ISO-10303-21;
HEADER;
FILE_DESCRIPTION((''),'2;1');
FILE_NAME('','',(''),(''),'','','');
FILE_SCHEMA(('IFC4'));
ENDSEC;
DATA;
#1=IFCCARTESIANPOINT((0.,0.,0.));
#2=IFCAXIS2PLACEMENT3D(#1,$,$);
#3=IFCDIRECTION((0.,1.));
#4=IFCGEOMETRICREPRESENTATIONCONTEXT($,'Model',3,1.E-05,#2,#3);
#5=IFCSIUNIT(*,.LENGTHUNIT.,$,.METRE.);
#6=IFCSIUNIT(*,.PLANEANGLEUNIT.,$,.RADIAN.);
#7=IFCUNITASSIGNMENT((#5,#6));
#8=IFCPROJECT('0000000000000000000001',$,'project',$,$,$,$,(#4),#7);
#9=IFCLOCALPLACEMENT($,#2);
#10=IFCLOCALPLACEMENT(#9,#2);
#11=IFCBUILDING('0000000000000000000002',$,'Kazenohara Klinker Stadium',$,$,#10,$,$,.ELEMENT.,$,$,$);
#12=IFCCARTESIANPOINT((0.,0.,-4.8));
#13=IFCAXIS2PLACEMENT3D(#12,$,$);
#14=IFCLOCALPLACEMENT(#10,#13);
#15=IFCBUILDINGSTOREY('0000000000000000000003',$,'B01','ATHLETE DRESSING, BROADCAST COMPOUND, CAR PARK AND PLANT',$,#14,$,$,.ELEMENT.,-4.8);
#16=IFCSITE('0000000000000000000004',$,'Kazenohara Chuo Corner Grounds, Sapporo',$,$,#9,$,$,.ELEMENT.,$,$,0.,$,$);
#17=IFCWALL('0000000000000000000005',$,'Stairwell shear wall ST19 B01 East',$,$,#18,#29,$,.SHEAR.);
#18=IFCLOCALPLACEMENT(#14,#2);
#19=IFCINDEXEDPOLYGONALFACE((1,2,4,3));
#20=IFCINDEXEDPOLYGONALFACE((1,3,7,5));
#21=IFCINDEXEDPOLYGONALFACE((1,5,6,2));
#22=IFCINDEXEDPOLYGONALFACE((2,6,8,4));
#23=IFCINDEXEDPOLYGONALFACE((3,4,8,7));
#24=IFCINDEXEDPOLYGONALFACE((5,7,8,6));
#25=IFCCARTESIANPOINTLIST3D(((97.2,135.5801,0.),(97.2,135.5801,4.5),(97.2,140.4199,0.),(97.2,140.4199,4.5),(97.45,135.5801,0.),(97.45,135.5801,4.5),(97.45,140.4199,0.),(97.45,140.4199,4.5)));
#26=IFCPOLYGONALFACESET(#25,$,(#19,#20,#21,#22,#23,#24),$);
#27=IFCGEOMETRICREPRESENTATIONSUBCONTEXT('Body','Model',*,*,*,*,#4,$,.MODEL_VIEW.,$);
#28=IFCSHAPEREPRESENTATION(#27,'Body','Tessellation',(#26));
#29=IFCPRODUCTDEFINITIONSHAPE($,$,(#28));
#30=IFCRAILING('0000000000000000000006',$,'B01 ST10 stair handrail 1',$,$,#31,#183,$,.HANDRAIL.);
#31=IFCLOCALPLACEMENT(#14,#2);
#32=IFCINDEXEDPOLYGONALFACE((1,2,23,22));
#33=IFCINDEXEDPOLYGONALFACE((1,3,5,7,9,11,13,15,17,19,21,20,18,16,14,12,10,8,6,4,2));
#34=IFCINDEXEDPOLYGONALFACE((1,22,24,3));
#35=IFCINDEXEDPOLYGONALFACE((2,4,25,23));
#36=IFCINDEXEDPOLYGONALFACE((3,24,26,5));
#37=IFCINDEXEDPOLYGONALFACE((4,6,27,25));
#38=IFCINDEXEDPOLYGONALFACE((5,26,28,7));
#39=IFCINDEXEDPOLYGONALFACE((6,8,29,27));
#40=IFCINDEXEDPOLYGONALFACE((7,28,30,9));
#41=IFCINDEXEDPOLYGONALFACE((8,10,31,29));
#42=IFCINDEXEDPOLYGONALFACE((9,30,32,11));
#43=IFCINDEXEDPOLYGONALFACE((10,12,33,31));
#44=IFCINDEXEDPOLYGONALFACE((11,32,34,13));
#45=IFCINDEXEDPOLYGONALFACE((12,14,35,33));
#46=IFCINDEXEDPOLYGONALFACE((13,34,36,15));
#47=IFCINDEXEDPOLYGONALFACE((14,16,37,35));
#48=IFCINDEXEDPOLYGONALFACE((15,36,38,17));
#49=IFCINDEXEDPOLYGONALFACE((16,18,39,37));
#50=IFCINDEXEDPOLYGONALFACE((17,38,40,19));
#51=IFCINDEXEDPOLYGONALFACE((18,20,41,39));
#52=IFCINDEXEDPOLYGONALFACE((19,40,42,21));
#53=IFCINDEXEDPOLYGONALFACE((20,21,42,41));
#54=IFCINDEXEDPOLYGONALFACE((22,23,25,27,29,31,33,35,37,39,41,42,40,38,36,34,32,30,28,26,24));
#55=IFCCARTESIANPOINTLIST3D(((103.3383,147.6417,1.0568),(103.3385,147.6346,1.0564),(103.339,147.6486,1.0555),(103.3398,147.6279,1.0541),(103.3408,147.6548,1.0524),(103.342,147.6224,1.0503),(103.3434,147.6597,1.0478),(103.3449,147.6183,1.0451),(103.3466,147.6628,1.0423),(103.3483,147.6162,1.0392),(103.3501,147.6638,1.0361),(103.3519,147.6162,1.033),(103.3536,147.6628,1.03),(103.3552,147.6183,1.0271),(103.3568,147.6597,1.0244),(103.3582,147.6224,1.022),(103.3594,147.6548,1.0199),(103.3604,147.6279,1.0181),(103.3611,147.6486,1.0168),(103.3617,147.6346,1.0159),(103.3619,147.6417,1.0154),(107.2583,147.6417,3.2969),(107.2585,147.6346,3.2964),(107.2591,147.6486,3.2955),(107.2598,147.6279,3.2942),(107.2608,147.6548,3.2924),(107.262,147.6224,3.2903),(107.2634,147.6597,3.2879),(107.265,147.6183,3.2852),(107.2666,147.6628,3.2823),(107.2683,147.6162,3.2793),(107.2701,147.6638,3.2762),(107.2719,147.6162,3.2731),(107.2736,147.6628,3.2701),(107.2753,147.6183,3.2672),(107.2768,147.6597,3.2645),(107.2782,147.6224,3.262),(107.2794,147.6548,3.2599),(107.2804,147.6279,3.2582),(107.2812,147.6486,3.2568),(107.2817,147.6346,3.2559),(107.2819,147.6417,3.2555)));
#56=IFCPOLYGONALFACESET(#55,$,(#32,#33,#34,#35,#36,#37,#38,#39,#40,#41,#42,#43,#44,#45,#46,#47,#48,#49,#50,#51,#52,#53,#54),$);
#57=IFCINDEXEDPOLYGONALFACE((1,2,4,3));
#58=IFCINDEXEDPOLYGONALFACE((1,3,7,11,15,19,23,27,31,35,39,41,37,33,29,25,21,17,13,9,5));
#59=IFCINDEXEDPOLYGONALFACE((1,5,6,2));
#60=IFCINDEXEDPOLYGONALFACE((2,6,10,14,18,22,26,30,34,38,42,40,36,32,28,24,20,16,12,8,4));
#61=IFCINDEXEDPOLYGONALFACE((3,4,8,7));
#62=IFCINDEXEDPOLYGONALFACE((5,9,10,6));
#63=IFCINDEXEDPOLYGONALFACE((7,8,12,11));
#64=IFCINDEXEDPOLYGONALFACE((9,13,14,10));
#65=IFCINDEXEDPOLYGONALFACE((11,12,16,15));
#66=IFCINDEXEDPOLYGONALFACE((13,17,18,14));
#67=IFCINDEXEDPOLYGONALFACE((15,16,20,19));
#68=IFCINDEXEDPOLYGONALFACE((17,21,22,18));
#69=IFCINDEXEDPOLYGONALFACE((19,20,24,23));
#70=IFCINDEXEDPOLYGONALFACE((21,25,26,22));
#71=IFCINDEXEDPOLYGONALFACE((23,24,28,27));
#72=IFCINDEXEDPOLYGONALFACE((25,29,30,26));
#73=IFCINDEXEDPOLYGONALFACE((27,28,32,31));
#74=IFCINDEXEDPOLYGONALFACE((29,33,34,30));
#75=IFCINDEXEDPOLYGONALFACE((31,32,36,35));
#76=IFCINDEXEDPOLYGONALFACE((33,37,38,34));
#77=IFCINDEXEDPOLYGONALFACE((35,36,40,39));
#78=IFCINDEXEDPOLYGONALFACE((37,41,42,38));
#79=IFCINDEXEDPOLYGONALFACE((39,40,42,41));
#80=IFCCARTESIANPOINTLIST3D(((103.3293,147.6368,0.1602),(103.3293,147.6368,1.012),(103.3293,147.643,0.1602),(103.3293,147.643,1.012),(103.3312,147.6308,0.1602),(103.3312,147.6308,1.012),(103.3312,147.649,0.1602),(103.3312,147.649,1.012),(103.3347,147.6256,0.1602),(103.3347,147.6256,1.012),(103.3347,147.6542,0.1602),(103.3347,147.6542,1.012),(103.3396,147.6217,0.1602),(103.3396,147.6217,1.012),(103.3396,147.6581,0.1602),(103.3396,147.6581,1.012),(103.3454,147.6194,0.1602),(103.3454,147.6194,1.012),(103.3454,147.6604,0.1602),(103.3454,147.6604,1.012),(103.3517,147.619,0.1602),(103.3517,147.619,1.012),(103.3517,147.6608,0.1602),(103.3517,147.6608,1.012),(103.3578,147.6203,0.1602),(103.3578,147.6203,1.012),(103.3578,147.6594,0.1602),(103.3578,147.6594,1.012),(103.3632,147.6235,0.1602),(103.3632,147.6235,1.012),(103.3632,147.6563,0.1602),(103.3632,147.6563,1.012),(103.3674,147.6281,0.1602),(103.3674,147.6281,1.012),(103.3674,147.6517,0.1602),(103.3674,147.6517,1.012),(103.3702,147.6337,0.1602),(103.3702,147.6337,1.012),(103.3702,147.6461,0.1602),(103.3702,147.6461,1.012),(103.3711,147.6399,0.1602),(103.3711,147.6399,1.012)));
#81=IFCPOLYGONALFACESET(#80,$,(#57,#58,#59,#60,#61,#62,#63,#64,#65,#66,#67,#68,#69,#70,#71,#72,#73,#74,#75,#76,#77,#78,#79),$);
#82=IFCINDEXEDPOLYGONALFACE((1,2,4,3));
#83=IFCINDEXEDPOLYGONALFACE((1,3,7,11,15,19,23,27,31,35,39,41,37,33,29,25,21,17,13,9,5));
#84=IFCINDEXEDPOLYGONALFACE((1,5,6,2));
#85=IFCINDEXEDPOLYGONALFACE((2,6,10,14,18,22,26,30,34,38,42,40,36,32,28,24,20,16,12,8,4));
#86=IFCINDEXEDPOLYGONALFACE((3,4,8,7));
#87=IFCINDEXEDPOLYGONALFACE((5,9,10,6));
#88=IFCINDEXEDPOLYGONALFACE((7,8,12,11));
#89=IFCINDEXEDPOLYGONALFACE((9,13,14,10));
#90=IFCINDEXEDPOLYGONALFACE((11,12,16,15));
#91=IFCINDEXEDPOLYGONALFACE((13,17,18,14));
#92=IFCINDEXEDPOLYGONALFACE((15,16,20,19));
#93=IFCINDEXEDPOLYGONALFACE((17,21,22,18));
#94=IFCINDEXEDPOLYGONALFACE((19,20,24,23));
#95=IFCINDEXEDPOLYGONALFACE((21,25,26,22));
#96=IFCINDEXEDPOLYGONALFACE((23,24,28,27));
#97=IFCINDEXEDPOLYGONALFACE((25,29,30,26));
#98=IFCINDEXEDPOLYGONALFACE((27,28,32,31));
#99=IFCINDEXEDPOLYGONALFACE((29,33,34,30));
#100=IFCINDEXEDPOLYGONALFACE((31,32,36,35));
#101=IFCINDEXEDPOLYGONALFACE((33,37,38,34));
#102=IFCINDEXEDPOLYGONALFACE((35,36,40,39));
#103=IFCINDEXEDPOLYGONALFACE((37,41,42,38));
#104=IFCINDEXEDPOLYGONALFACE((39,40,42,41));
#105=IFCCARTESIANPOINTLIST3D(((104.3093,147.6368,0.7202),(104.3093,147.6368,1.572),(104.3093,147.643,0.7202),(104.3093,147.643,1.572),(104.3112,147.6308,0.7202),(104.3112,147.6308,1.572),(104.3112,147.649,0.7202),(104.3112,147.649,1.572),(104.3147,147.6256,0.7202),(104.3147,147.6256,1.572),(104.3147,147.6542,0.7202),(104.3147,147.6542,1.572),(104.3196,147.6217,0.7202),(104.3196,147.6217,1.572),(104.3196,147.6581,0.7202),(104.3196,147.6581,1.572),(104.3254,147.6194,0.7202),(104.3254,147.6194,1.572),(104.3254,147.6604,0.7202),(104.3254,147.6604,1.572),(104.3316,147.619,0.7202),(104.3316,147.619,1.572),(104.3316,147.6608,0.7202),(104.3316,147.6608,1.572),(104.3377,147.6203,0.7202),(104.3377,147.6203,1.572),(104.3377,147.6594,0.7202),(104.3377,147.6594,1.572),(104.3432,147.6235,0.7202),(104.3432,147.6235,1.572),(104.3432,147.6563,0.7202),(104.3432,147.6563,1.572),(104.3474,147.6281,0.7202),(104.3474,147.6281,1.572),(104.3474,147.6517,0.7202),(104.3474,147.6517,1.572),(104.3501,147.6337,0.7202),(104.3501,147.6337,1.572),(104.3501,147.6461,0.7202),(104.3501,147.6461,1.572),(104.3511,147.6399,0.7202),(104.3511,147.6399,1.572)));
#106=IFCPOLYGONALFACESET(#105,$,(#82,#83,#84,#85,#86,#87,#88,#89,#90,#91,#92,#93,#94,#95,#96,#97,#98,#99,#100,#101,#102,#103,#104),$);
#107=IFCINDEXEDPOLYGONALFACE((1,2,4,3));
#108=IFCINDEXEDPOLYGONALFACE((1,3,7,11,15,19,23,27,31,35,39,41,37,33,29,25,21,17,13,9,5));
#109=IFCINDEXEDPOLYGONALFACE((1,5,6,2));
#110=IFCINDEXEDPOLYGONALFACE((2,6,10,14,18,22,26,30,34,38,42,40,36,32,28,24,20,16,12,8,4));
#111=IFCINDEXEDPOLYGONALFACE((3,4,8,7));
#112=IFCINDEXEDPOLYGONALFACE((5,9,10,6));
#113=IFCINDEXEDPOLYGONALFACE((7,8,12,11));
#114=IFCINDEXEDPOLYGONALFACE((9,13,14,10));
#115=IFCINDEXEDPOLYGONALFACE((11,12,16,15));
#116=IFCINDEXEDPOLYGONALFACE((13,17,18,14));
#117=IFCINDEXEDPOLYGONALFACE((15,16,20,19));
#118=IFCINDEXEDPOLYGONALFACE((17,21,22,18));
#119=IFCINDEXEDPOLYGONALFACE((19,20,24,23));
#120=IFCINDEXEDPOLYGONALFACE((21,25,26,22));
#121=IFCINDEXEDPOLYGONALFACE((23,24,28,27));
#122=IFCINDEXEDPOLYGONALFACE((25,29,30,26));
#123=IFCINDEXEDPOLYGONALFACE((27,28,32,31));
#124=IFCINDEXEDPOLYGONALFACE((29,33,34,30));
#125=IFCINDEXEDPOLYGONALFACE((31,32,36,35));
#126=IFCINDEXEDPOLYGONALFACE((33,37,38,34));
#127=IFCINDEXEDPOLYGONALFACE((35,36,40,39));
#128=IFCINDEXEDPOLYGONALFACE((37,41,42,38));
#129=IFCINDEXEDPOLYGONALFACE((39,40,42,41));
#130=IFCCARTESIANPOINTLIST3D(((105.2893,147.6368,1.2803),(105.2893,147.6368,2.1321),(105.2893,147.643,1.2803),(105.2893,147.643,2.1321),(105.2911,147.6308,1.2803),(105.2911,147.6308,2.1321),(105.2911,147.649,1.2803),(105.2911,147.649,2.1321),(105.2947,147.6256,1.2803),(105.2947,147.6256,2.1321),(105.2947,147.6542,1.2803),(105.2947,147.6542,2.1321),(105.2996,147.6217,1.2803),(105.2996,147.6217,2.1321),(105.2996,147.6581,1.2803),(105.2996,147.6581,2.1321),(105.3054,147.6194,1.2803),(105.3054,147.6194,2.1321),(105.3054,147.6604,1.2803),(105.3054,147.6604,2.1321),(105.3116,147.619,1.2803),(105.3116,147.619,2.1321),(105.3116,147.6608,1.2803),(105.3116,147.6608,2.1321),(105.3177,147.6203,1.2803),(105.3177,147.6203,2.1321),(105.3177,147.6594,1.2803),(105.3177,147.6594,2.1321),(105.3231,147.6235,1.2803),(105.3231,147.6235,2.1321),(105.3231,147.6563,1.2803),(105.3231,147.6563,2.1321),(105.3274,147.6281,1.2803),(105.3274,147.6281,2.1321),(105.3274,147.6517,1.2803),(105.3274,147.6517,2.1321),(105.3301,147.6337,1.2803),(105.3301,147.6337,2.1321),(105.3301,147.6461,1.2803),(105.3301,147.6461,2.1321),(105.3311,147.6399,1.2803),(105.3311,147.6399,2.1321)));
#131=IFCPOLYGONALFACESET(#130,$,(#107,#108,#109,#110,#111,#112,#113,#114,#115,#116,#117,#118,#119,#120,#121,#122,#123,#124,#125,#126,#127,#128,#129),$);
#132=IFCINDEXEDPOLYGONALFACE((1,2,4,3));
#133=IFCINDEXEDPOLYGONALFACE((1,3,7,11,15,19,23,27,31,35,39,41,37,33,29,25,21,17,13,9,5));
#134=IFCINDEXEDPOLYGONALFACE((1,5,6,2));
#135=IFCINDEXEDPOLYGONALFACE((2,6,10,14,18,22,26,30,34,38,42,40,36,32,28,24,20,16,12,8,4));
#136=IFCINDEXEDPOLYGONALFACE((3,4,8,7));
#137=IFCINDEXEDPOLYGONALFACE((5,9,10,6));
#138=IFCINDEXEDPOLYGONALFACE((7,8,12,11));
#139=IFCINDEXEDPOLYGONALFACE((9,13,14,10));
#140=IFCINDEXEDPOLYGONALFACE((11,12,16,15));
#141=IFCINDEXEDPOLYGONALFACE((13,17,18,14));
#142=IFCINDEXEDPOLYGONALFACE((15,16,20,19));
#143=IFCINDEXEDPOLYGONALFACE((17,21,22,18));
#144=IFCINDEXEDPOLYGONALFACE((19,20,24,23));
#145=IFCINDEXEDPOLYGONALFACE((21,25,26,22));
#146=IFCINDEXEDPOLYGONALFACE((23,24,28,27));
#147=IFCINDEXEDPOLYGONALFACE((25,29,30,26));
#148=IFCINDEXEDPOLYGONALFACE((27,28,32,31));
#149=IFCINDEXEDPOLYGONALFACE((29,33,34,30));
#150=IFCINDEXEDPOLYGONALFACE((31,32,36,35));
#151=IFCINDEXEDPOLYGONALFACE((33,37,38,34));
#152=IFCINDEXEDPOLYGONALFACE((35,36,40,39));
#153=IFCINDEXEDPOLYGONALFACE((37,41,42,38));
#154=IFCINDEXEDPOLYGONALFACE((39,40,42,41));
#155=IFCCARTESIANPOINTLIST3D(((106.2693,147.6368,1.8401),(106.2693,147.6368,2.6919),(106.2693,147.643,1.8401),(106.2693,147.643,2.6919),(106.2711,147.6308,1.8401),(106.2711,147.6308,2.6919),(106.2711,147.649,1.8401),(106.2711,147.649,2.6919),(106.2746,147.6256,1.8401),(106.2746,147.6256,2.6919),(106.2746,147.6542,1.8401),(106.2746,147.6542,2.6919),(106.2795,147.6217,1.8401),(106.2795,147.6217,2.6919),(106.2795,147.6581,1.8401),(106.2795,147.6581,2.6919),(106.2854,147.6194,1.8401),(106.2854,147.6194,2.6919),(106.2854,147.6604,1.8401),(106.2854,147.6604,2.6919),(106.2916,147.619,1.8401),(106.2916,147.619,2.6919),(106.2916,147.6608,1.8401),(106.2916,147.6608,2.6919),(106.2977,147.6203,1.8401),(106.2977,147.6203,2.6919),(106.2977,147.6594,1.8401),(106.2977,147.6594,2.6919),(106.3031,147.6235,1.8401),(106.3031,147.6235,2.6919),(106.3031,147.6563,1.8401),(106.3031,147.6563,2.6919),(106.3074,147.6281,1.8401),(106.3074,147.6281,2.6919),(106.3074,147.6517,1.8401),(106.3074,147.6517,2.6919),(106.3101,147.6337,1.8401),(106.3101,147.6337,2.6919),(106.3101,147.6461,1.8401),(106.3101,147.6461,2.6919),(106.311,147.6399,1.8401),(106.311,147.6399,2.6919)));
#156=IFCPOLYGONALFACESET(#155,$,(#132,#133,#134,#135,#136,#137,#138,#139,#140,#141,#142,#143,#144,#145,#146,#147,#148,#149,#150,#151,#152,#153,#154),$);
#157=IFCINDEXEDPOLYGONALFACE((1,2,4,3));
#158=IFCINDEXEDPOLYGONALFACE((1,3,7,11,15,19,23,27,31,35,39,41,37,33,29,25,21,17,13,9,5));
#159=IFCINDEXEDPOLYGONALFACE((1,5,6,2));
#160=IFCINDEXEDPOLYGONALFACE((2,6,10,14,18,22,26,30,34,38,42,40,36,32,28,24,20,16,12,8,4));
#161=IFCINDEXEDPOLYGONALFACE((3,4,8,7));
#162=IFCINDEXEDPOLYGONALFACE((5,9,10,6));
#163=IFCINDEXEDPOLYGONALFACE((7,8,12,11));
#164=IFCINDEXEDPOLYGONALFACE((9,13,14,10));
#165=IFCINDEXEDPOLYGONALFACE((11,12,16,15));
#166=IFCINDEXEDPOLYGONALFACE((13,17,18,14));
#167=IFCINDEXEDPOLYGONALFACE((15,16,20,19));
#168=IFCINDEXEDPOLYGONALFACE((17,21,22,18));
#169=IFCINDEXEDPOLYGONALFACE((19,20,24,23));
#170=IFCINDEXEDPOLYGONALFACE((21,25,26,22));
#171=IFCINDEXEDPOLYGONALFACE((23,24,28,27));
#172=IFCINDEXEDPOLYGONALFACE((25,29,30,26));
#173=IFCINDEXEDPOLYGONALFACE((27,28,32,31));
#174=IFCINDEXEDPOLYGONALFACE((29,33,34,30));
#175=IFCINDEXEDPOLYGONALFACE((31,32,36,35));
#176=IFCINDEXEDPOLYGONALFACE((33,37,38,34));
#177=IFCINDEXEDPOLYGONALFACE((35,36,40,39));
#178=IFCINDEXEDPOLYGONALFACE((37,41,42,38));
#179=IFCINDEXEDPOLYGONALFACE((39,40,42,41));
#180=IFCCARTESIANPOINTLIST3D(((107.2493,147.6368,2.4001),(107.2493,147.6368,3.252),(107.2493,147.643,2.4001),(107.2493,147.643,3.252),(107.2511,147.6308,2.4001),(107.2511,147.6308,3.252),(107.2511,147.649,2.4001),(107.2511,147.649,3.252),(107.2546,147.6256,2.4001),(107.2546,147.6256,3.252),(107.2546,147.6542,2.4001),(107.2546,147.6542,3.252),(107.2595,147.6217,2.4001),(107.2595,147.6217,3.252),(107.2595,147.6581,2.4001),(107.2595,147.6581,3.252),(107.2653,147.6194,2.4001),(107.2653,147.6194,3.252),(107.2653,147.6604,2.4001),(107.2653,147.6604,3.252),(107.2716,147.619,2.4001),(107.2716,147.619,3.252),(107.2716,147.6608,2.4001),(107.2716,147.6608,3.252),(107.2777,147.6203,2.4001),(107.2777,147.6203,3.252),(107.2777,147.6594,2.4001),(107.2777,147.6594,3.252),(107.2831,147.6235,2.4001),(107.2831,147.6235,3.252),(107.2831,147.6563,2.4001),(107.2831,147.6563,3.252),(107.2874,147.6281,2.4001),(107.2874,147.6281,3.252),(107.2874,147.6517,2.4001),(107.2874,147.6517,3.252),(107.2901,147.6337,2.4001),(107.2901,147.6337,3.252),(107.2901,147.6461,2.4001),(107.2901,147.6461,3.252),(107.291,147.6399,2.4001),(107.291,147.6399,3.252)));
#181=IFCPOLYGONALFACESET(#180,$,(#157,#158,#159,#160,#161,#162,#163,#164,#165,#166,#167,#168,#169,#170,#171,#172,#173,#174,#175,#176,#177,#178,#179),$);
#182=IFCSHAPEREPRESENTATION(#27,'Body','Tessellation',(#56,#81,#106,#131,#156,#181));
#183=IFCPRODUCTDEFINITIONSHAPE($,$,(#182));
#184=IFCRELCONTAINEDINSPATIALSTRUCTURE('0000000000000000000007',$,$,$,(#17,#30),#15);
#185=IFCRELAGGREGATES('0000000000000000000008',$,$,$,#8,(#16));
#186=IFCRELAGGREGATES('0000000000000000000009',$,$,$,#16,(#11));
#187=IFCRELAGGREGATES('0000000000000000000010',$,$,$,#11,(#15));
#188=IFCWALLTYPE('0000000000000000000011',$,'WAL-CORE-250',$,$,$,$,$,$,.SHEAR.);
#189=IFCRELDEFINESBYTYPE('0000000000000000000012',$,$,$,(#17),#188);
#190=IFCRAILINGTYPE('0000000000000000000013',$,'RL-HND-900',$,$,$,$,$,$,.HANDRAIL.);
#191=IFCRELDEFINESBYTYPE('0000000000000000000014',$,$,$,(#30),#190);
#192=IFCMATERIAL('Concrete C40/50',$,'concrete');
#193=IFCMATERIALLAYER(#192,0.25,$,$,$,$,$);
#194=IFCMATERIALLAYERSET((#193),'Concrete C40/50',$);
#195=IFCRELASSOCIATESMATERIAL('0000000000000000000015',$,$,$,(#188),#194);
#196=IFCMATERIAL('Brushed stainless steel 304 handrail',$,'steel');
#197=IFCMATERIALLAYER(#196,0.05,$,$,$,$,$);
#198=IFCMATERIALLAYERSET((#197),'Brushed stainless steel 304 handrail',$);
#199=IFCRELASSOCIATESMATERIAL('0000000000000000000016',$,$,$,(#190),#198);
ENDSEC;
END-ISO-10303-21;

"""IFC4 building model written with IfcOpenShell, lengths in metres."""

from ifc_helpers import new_model, si_unit, direction, frame, frame_2d, origin, origin_2d, place, context, subcontext, project, spatial, rectangle, circle, extrude, material, layer, layer_set, type_object, element, save


model = new_model("IFC4")

# Units and contexts
model_context = context("Model", 3, precision=1e-05, world=origin(), true_north=direction((0.0, 1.0)))
body_context = subcontext(model_context, "Body", "Model", "MODEL_VIEW")
ifc_project = project(units=[si_unit("LENGTHUNIT", "METRE"), si_unit("PLANEANGLEUNIT", "RADIAN")], contexts=[model_context])

# Site, building, storey
site_placement = place(None, origin())
site = spatial("IfcSite", under=ifc_project, at=site_placement, Name="Kazenohara Chuo Corner Grounds, Sapporo", CompositionType="ELEMENT", RefElevation=0.0)
building_placement = place(site_placement, origin())
building = spatial("IfcBuilding", under=site, at=building_placement, Name="Kazenohara Klinker Stadium", CompositionType="ELEMENT")
storey_placement = place(building_placement, frame((0.0, 0.0, -4.8)))
storey = spatial("IfcBuildingStorey", under=building, at=storey_placement, Name="B01", Description="ATHLETE DRESSING, BROADCAST COMPOUND, CAR PARK AND PLANT", CompositionType="ELEMENT", Elevation=-4.8)

# Shared definitions
ifc_material_1 = material(Name="Concrete C40/50", Category="concrete")

# Wall
ifc_layer_1 = layer(ifc_material_1, 0.25)
ifc_layer_set_1 = layer_set([ifc_layer_1], Name="Concrete C40/50")
wall_type_1 = type_object("IfcWallType", Name="WAL-CORE-250", PredefinedType="SHEAR", material=ifc_layer_set_1)
for number, where, z_axis, x_axis, name in (
    (1, (97.325, 135.5801, 0.0), (0.0, 0.0, 1.0), (0.0, 1.0, 0.0), "Stairwell shear wall ST19 B01 East"),
):
    element("IfcWall", number, at=place(storey_placement, frame(where, z_axis=z_axis, x_axis=x_axis)), inside=storey, type_object=wall_type_1, Name=name, PredefinedType="SHEAR", context=body_context, shape_type="SweptSolid", body=[
        extrude(rectangle(XDim=4.8398, YDim=0.25, at=frame_2d((2.4199, 0.0))), origin(), (0.0, 0.0, 1.0), 4.5),
    ])

# Railing
ifc_material_2 = material(Name="Brushed stainless steel 304 handrail", Category="steel")
ifc_layer_2 = layer(ifc_material_2, 0.05)
ifc_layer_set_2 = layer_set([ifc_layer_2], Name="Brushed stainless steel 304 handrail")
railing_type = type_object("IfcRailingType", Name="RL-HND-900", PredefinedType="HANDRAIL", material=ifc_layer_set_2)
railing_placement = place(storey_placement, frame((103.3501, 147.6399, 0.1602)))
element("IfcRailing", 2, at=railing_placement, inside=storey, type_object=railing_type, Name="B01 ST10 stair handrail 1", PredefinedType="HANDRAIL", context=body_context, shape_type="SweptSolid", body=[
    extrude(circle(Radius=0.0239, at=origin_2d()), frame((0.0, 0.0, 0.876), z_axis=(0.86824, 0.0, 0.496145), x_axis=(0.0, 1.0, 0.0)), (0.0, 0.0, 1.0), 4.5149),
    extrude(circle(Radius=0.021, at=origin_2d()), origin(), (0.0, 0.0, 1.0), 0.8518),
    extrude(circle(Radius=0.021, at=origin_2d()), frame((0.98, 0.0, 0.5601)), (0.0, 0.0, 1.0), 0.8518),
    extrude(circle(Radius=0.021, at=origin_2d()), frame((1.96, 0.0, 1.1201)), (0.0, 0.0, 1.0), 0.8518),
    extrude(circle(Radius=0.021, at=origin_2d()), frame((2.9399, 0.0, 1.6799)), (0.0, 0.0, 1.0), 0.8518),
    extrude(circle(Radius=0.021, at=origin_2d()), frame((3.9199, 0.0, 2.24)), (0.0, 0.0, 1.0), 0.8518),
])

save(model, "model.ifc")
